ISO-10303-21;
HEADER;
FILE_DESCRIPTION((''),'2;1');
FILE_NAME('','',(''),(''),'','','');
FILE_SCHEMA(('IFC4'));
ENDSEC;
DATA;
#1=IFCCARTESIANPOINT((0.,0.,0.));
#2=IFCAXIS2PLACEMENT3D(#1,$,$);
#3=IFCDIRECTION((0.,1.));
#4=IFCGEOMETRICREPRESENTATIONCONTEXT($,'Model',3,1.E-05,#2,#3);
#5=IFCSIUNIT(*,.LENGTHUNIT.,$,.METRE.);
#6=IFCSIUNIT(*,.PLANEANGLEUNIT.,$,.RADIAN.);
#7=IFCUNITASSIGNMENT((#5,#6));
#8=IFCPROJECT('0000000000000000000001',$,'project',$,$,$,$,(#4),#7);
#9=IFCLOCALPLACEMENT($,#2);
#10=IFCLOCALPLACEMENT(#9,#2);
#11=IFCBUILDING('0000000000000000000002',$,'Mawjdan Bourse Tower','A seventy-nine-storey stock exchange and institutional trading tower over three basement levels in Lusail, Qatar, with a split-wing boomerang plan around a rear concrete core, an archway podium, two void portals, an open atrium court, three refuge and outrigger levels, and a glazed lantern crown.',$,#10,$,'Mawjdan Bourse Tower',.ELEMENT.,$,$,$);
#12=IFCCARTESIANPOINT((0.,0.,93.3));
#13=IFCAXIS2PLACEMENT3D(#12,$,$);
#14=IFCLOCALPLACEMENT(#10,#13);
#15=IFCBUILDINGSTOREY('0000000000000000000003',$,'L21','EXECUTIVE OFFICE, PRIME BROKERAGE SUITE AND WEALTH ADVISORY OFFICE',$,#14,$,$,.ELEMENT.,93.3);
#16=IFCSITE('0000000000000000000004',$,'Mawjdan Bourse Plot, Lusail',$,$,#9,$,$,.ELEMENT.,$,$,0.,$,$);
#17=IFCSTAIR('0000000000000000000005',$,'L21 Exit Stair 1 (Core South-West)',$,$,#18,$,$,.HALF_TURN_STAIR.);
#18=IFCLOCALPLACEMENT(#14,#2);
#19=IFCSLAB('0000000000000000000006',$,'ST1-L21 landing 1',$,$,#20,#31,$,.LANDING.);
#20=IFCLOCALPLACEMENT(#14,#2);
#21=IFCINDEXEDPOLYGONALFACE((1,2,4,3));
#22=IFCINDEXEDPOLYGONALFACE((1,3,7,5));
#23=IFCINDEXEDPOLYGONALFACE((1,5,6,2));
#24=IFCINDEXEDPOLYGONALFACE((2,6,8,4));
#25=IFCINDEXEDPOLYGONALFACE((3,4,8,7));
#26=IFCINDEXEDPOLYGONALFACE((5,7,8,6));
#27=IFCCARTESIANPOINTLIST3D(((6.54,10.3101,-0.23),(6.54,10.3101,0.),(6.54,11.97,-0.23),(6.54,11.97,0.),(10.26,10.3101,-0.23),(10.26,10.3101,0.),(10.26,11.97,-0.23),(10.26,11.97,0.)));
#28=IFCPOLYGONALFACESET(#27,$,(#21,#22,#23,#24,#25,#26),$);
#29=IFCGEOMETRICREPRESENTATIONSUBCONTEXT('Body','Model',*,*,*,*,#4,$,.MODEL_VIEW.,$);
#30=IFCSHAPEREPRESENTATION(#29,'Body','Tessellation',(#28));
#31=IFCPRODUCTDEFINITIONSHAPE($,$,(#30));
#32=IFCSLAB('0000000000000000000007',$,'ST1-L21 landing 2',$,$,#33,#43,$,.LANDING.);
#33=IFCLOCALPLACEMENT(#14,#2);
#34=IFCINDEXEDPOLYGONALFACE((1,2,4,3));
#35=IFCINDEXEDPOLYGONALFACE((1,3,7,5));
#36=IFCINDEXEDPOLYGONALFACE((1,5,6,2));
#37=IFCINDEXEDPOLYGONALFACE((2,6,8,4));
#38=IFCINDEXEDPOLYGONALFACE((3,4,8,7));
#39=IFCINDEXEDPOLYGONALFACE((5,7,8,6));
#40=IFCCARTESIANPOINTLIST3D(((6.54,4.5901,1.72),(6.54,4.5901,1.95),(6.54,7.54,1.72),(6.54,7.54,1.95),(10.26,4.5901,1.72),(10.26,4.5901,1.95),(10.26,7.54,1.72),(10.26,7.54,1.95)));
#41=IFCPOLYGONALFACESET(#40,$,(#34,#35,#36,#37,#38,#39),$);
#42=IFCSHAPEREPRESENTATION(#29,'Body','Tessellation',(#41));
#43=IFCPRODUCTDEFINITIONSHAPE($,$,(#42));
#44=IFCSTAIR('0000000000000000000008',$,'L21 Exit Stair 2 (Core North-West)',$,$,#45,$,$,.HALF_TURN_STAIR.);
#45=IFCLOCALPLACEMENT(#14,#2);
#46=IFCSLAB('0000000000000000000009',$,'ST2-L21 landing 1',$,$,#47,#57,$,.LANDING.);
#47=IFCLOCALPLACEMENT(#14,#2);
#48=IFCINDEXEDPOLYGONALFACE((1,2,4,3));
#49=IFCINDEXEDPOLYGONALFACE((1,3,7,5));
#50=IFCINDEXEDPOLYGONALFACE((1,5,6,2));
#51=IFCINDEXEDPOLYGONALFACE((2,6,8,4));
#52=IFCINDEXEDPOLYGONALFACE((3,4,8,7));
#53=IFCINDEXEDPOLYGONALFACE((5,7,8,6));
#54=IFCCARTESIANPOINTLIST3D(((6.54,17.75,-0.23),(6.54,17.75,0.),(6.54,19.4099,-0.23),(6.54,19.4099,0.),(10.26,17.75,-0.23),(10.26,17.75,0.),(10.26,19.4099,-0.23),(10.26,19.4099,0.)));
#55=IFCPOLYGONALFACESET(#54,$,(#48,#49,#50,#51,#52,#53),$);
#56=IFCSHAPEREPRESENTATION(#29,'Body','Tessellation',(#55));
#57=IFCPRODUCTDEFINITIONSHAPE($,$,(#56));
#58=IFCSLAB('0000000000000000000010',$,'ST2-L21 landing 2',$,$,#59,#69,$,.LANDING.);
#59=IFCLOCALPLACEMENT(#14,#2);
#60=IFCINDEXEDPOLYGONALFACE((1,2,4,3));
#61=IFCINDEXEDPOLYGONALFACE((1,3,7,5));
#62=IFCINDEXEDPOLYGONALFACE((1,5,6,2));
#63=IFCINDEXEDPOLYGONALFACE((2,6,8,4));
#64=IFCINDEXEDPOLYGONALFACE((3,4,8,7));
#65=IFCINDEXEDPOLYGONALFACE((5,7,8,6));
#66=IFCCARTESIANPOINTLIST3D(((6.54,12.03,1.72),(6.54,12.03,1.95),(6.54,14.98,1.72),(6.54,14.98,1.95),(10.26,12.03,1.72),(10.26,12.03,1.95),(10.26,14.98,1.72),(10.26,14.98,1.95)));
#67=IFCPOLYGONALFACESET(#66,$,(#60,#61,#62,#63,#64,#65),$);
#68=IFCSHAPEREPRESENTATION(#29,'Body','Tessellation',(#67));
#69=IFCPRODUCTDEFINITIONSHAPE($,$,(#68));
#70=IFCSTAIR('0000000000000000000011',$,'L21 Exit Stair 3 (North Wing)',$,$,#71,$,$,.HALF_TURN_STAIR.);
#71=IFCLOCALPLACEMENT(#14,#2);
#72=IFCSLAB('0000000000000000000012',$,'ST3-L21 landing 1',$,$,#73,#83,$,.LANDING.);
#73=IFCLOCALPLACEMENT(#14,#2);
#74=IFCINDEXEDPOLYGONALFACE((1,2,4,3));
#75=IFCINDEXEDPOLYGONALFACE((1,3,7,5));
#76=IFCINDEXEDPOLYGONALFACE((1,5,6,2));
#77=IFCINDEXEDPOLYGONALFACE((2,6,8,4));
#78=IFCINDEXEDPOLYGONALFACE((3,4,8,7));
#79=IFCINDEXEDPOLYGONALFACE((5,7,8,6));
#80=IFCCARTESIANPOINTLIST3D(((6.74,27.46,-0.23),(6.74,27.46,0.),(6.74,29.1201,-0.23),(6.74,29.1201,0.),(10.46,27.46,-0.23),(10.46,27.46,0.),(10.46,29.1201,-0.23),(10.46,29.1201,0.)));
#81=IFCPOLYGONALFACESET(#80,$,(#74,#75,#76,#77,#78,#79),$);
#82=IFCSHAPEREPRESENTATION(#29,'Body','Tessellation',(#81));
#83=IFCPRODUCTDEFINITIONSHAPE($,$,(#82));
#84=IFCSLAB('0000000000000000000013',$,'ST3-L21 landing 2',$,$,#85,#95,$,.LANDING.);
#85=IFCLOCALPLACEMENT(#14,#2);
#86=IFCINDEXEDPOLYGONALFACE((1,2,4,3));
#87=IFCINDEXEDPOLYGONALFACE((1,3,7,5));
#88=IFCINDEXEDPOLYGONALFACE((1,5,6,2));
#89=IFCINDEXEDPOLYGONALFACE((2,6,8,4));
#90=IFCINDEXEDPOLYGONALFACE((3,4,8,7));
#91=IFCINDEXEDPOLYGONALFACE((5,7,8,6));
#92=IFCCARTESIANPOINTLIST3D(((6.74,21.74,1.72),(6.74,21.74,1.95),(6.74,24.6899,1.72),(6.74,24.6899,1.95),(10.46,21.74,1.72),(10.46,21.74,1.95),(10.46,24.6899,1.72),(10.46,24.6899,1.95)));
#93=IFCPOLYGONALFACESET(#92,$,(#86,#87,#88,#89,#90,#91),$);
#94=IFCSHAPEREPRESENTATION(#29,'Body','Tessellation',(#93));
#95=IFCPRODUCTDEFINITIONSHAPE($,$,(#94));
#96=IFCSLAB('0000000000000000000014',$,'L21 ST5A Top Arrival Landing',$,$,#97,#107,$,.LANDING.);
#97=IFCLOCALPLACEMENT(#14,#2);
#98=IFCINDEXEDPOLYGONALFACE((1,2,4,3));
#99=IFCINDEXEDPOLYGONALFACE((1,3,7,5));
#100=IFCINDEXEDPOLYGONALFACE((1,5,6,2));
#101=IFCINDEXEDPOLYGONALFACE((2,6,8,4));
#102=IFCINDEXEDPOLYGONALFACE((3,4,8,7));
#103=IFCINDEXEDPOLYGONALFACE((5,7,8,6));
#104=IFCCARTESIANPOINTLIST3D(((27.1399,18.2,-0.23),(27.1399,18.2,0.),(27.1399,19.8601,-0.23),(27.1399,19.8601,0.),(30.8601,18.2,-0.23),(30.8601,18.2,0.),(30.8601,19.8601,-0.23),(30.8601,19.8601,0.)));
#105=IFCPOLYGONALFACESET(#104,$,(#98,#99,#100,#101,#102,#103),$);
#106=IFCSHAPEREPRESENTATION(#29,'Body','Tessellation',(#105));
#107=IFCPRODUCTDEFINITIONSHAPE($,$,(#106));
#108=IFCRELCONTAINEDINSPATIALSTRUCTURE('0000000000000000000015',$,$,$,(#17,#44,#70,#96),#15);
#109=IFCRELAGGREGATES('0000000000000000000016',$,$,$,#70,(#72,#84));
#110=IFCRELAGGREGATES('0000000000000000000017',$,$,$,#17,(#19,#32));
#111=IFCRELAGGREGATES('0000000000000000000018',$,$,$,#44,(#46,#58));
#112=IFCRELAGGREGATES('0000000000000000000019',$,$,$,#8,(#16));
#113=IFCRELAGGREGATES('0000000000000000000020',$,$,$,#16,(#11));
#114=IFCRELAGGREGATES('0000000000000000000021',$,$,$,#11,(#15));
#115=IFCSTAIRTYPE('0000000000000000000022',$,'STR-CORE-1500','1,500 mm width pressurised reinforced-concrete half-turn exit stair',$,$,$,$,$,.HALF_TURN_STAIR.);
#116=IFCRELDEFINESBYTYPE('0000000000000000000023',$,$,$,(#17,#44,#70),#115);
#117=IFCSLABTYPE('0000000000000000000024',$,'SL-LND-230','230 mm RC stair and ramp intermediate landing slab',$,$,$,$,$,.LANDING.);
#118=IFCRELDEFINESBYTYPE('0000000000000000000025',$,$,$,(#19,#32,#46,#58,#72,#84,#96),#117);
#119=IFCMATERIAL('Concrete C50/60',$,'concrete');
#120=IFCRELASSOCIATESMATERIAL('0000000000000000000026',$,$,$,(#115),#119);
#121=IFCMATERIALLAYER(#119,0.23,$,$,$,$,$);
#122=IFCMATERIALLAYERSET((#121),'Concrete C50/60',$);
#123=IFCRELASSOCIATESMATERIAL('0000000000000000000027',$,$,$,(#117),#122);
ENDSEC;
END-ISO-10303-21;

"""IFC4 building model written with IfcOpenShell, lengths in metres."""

from ifc_helpers import new_model, si_unit, direction, frame, origin, place, context, subcontext, project, spatial, polyline, outline, extrude, material, layer, layer_set, type_object, element, aggregate, save


model = new_model("IFC4")

# Units and contexts
model_context = context("Model", 3, precision=1e-05, world=origin(), true_north=direction((0.0, 1.0)))
body_context = subcontext(model_context, "Body", "Model", "MODEL_VIEW")
ifc_project = project(units=[si_unit("LENGTHUNIT", "METRE"), si_unit("PLANEANGLEUNIT", "RADIAN")], contexts=[model_context])

# Site, building, storey
site_placement = place(None, origin())
site = spatial("IfcSite", under=ifc_project, at=site_placement, Name="Mawjdan Bourse Plot, Lusail", CompositionType="ELEMENT", RefElevation=0.0)
building_placement = place(site_placement, origin())
building = spatial("IfcBuilding", under=site, at=building_placement, Name="Mawjdan Bourse Tower", Description="A seventy-nine-storey stock exchange and institutional trading tower over three basement levels in Lusail, Qatar, with a split-wing boomerang plan around a rear concrete core, an archway podium, two void portals, an open atrium court, three refuge and outrigger levels, and a glazed lantern crown.", LongName="Mawjdan Bourse Tower", CompositionType="ELEMENT")
storey_placement = place(building_placement, frame((0.0, 0.0, 93.3)))
storey = spatial("IfcBuildingStorey", under=building, at=storey_placement, Name="L21", Description="EXECUTIVE OFFICE, PRIME BROKERAGE SUITE AND WEALTH ADVISORY OFFICE", CompositionType="ELEMENT", Elevation=93.3)

# Stairs, slabs
ifc_material_1 = material(Name="Concrete C50/60", Category="concrete")
stair_type = type_object("IfcStairType", Name="STR-CORE-1500", Description="1,500 mm width pressurised reinforced-concrete half-turn exit stair", PredefinedType="HALF_TURN_STAIR", material=ifc_material_1)
stair_1_placement = place(storey_placement, origin())
stair_1 = element("IfcStair", 1, at=stair_1_placement, inside=storey, type_object=stair_type, Name="L21 Exit Stair 1 (Core South-West)", PredefinedType="HALF_TURN_STAIR")
ifc_layer_1 = layer(ifc_material_1, 0.23)
ifc_layer_set_1 = layer_set([ifc_layer_1], Name="Concrete C50/60")
slab_type_1 = type_object("IfcSlabType", Name="SL-LND-230", Description="230 mm RC stair and ramp intermediate landing slab", PredefinedType="LANDING", material=ifc_layer_set_1)
slab_1_placement = place(storey_placement, frame((0.0, 0.0, -0.23)))
slab_1 = element("IfcSlab", 2, at=slab_1_placement, type_object=slab_type_1, Name="ST1-L21 landing 1", PredefinedType="LANDING", context=body_context, shape_type="SweptSolid", body=[
    extrude(outline(polyline([(6.54, 10.3101), (10.26, 10.3101), (10.26, 11.97), (6.54, 11.97), (6.54, 10.3101)])), origin(), (0.0, 0.0, 1.0), 0.23),
])
slab_2_placement = place(storey_placement, frame((0.0, 0.0, 1.72)))
slab_2 = element("IfcSlab", 3, at=slab_2_placement, type_object=slab_type_1, Name="ST1-L21 landing 2", PredefinedType="LANDING", context=body_context, shape_type="SweptSolid", body=[
    extrude(outline(polyline([(6.54, 4.5901), (10.26, 4.5901), (10.26, 7.54), (6.54, 7.54), (6.54, 4.5901)])), origin(), (0.0, 0.0, 1.0), 0.23),
])
stair_2_placement = place(storey_placement, origin())
stair_2 = element("IfcStair", 4, at=stair_2_placement, inside=storey, type_object=stair_type, Name="L21 Exit Stair 2 (Core North-West)", PredefinedType="HALF_TURN_STAIR")
slab_3_placement = place(storey_placement, frame((0.0, 0.0, -0.23)))
slab_3 = element("IfcSlab", 5, at=slab_3_placement, type_object=slab_type_1, Name="ST2-L21 landing 1", PredefinedType="LANDING", context=body_context, shape_type="SweptSolid", body=[
    extrude(outline(polyline([(6.54, 17.75), (10.26, 17.75), (10.26, 19.4099), (6.54, 19.4099), (6.54, 17.75)])), origin(), (0.0, 0.0, 1.0), 0.23),
])
slab_4_placement = place(storey_placement, frame((0.0, 0.0, 1.72)))
slab_4 = element("IfcSlab", 6, at=slab_4_placement, type_object=slab_type_1, Name="ST2-L21 landing 2", PredefinedType="LANDING", context=body_context, shape_type="SweptSolid", body=[
    extrude(outline(polyline([(6.54, 12.03), (10.26, 12.03), (10.26, 14.98), (6.54, 14.98), (6.54, 12.03)])), origin(), (0.0, 0.0, 1.0), 0.23),
])
stair_3_placement = place(storey_placement, origin())
stair_3 = element("IfcStair", 7, at=stair_3_placement, inside=storey, type_object=stair_type, Name="L21 Exit Stair 3 (North Wing)", PredefinedType="HALF_TURN_STAIR")
slab_5_placement = place(storey_placement, frame((0.0, 0.0, -0.23)))
slab_5 = element("IfcSlab", 8, at=slab_5_placement, type_object=slab_type_1, Name="ST3-L21 landing 1", PredefinedType="LANDING", context=body_context, shape_type="SweptSolid", body=[
    extrude(outline(polyline([(6.74, 27.46), (10.46, 27.46), (10.46, 29.1201), (6.74, 29.1201), (6.74, 27.46)])), origin(), (0.0, 0.0, 1.0), 0.23),
])
slab_6_placement = place(storey_placement, frame((0.0, 0.0, 1.72)))
slab_6 = element("IfcSlab", 9, at=slab_6_placement, type_object=slab_type_1, Name="ST3-L21 landing 2", PredefinedType="LANDING", context=body_context, shape_type="SweptSolid", body=[
    extrude(outline(polyline([(6.74, 21.74), (10.46, 21.74), (10.46, 24.6899), (6.74, 24.6899), (6.74, 21.74)])), origin(), (0.0, 0.0, 1.0), 0.23),
])
aggregate(stair_3, [slab_5, slab_6])

# Slab
slab_7_placement = place(storey_placement, frame((0.0, 0.0, -0.23)))
element("IfcSlab", 10, at=slab_7_placement, inside=storey, type_object=slab_type_1, Name="L21 ST5A Top Arrival Landing", PredefinedType="LANDING", context=body_context, shape_type="SweptSolid", body=[
    extrude(outline(polyline([(27.1399, 18.2), (30.8601, 18.2), (30.8601, 19.8601), (27.1399, 19.8601), (27.1399, 18.2)])), origin(), (0.0, 0.0, 1.0), 0.23),
])

aggregate(stair_1, [slab_1, slab_2])
aggregate(stair_2, [slab_3, slab_4])

save(model, "model.ifc")
